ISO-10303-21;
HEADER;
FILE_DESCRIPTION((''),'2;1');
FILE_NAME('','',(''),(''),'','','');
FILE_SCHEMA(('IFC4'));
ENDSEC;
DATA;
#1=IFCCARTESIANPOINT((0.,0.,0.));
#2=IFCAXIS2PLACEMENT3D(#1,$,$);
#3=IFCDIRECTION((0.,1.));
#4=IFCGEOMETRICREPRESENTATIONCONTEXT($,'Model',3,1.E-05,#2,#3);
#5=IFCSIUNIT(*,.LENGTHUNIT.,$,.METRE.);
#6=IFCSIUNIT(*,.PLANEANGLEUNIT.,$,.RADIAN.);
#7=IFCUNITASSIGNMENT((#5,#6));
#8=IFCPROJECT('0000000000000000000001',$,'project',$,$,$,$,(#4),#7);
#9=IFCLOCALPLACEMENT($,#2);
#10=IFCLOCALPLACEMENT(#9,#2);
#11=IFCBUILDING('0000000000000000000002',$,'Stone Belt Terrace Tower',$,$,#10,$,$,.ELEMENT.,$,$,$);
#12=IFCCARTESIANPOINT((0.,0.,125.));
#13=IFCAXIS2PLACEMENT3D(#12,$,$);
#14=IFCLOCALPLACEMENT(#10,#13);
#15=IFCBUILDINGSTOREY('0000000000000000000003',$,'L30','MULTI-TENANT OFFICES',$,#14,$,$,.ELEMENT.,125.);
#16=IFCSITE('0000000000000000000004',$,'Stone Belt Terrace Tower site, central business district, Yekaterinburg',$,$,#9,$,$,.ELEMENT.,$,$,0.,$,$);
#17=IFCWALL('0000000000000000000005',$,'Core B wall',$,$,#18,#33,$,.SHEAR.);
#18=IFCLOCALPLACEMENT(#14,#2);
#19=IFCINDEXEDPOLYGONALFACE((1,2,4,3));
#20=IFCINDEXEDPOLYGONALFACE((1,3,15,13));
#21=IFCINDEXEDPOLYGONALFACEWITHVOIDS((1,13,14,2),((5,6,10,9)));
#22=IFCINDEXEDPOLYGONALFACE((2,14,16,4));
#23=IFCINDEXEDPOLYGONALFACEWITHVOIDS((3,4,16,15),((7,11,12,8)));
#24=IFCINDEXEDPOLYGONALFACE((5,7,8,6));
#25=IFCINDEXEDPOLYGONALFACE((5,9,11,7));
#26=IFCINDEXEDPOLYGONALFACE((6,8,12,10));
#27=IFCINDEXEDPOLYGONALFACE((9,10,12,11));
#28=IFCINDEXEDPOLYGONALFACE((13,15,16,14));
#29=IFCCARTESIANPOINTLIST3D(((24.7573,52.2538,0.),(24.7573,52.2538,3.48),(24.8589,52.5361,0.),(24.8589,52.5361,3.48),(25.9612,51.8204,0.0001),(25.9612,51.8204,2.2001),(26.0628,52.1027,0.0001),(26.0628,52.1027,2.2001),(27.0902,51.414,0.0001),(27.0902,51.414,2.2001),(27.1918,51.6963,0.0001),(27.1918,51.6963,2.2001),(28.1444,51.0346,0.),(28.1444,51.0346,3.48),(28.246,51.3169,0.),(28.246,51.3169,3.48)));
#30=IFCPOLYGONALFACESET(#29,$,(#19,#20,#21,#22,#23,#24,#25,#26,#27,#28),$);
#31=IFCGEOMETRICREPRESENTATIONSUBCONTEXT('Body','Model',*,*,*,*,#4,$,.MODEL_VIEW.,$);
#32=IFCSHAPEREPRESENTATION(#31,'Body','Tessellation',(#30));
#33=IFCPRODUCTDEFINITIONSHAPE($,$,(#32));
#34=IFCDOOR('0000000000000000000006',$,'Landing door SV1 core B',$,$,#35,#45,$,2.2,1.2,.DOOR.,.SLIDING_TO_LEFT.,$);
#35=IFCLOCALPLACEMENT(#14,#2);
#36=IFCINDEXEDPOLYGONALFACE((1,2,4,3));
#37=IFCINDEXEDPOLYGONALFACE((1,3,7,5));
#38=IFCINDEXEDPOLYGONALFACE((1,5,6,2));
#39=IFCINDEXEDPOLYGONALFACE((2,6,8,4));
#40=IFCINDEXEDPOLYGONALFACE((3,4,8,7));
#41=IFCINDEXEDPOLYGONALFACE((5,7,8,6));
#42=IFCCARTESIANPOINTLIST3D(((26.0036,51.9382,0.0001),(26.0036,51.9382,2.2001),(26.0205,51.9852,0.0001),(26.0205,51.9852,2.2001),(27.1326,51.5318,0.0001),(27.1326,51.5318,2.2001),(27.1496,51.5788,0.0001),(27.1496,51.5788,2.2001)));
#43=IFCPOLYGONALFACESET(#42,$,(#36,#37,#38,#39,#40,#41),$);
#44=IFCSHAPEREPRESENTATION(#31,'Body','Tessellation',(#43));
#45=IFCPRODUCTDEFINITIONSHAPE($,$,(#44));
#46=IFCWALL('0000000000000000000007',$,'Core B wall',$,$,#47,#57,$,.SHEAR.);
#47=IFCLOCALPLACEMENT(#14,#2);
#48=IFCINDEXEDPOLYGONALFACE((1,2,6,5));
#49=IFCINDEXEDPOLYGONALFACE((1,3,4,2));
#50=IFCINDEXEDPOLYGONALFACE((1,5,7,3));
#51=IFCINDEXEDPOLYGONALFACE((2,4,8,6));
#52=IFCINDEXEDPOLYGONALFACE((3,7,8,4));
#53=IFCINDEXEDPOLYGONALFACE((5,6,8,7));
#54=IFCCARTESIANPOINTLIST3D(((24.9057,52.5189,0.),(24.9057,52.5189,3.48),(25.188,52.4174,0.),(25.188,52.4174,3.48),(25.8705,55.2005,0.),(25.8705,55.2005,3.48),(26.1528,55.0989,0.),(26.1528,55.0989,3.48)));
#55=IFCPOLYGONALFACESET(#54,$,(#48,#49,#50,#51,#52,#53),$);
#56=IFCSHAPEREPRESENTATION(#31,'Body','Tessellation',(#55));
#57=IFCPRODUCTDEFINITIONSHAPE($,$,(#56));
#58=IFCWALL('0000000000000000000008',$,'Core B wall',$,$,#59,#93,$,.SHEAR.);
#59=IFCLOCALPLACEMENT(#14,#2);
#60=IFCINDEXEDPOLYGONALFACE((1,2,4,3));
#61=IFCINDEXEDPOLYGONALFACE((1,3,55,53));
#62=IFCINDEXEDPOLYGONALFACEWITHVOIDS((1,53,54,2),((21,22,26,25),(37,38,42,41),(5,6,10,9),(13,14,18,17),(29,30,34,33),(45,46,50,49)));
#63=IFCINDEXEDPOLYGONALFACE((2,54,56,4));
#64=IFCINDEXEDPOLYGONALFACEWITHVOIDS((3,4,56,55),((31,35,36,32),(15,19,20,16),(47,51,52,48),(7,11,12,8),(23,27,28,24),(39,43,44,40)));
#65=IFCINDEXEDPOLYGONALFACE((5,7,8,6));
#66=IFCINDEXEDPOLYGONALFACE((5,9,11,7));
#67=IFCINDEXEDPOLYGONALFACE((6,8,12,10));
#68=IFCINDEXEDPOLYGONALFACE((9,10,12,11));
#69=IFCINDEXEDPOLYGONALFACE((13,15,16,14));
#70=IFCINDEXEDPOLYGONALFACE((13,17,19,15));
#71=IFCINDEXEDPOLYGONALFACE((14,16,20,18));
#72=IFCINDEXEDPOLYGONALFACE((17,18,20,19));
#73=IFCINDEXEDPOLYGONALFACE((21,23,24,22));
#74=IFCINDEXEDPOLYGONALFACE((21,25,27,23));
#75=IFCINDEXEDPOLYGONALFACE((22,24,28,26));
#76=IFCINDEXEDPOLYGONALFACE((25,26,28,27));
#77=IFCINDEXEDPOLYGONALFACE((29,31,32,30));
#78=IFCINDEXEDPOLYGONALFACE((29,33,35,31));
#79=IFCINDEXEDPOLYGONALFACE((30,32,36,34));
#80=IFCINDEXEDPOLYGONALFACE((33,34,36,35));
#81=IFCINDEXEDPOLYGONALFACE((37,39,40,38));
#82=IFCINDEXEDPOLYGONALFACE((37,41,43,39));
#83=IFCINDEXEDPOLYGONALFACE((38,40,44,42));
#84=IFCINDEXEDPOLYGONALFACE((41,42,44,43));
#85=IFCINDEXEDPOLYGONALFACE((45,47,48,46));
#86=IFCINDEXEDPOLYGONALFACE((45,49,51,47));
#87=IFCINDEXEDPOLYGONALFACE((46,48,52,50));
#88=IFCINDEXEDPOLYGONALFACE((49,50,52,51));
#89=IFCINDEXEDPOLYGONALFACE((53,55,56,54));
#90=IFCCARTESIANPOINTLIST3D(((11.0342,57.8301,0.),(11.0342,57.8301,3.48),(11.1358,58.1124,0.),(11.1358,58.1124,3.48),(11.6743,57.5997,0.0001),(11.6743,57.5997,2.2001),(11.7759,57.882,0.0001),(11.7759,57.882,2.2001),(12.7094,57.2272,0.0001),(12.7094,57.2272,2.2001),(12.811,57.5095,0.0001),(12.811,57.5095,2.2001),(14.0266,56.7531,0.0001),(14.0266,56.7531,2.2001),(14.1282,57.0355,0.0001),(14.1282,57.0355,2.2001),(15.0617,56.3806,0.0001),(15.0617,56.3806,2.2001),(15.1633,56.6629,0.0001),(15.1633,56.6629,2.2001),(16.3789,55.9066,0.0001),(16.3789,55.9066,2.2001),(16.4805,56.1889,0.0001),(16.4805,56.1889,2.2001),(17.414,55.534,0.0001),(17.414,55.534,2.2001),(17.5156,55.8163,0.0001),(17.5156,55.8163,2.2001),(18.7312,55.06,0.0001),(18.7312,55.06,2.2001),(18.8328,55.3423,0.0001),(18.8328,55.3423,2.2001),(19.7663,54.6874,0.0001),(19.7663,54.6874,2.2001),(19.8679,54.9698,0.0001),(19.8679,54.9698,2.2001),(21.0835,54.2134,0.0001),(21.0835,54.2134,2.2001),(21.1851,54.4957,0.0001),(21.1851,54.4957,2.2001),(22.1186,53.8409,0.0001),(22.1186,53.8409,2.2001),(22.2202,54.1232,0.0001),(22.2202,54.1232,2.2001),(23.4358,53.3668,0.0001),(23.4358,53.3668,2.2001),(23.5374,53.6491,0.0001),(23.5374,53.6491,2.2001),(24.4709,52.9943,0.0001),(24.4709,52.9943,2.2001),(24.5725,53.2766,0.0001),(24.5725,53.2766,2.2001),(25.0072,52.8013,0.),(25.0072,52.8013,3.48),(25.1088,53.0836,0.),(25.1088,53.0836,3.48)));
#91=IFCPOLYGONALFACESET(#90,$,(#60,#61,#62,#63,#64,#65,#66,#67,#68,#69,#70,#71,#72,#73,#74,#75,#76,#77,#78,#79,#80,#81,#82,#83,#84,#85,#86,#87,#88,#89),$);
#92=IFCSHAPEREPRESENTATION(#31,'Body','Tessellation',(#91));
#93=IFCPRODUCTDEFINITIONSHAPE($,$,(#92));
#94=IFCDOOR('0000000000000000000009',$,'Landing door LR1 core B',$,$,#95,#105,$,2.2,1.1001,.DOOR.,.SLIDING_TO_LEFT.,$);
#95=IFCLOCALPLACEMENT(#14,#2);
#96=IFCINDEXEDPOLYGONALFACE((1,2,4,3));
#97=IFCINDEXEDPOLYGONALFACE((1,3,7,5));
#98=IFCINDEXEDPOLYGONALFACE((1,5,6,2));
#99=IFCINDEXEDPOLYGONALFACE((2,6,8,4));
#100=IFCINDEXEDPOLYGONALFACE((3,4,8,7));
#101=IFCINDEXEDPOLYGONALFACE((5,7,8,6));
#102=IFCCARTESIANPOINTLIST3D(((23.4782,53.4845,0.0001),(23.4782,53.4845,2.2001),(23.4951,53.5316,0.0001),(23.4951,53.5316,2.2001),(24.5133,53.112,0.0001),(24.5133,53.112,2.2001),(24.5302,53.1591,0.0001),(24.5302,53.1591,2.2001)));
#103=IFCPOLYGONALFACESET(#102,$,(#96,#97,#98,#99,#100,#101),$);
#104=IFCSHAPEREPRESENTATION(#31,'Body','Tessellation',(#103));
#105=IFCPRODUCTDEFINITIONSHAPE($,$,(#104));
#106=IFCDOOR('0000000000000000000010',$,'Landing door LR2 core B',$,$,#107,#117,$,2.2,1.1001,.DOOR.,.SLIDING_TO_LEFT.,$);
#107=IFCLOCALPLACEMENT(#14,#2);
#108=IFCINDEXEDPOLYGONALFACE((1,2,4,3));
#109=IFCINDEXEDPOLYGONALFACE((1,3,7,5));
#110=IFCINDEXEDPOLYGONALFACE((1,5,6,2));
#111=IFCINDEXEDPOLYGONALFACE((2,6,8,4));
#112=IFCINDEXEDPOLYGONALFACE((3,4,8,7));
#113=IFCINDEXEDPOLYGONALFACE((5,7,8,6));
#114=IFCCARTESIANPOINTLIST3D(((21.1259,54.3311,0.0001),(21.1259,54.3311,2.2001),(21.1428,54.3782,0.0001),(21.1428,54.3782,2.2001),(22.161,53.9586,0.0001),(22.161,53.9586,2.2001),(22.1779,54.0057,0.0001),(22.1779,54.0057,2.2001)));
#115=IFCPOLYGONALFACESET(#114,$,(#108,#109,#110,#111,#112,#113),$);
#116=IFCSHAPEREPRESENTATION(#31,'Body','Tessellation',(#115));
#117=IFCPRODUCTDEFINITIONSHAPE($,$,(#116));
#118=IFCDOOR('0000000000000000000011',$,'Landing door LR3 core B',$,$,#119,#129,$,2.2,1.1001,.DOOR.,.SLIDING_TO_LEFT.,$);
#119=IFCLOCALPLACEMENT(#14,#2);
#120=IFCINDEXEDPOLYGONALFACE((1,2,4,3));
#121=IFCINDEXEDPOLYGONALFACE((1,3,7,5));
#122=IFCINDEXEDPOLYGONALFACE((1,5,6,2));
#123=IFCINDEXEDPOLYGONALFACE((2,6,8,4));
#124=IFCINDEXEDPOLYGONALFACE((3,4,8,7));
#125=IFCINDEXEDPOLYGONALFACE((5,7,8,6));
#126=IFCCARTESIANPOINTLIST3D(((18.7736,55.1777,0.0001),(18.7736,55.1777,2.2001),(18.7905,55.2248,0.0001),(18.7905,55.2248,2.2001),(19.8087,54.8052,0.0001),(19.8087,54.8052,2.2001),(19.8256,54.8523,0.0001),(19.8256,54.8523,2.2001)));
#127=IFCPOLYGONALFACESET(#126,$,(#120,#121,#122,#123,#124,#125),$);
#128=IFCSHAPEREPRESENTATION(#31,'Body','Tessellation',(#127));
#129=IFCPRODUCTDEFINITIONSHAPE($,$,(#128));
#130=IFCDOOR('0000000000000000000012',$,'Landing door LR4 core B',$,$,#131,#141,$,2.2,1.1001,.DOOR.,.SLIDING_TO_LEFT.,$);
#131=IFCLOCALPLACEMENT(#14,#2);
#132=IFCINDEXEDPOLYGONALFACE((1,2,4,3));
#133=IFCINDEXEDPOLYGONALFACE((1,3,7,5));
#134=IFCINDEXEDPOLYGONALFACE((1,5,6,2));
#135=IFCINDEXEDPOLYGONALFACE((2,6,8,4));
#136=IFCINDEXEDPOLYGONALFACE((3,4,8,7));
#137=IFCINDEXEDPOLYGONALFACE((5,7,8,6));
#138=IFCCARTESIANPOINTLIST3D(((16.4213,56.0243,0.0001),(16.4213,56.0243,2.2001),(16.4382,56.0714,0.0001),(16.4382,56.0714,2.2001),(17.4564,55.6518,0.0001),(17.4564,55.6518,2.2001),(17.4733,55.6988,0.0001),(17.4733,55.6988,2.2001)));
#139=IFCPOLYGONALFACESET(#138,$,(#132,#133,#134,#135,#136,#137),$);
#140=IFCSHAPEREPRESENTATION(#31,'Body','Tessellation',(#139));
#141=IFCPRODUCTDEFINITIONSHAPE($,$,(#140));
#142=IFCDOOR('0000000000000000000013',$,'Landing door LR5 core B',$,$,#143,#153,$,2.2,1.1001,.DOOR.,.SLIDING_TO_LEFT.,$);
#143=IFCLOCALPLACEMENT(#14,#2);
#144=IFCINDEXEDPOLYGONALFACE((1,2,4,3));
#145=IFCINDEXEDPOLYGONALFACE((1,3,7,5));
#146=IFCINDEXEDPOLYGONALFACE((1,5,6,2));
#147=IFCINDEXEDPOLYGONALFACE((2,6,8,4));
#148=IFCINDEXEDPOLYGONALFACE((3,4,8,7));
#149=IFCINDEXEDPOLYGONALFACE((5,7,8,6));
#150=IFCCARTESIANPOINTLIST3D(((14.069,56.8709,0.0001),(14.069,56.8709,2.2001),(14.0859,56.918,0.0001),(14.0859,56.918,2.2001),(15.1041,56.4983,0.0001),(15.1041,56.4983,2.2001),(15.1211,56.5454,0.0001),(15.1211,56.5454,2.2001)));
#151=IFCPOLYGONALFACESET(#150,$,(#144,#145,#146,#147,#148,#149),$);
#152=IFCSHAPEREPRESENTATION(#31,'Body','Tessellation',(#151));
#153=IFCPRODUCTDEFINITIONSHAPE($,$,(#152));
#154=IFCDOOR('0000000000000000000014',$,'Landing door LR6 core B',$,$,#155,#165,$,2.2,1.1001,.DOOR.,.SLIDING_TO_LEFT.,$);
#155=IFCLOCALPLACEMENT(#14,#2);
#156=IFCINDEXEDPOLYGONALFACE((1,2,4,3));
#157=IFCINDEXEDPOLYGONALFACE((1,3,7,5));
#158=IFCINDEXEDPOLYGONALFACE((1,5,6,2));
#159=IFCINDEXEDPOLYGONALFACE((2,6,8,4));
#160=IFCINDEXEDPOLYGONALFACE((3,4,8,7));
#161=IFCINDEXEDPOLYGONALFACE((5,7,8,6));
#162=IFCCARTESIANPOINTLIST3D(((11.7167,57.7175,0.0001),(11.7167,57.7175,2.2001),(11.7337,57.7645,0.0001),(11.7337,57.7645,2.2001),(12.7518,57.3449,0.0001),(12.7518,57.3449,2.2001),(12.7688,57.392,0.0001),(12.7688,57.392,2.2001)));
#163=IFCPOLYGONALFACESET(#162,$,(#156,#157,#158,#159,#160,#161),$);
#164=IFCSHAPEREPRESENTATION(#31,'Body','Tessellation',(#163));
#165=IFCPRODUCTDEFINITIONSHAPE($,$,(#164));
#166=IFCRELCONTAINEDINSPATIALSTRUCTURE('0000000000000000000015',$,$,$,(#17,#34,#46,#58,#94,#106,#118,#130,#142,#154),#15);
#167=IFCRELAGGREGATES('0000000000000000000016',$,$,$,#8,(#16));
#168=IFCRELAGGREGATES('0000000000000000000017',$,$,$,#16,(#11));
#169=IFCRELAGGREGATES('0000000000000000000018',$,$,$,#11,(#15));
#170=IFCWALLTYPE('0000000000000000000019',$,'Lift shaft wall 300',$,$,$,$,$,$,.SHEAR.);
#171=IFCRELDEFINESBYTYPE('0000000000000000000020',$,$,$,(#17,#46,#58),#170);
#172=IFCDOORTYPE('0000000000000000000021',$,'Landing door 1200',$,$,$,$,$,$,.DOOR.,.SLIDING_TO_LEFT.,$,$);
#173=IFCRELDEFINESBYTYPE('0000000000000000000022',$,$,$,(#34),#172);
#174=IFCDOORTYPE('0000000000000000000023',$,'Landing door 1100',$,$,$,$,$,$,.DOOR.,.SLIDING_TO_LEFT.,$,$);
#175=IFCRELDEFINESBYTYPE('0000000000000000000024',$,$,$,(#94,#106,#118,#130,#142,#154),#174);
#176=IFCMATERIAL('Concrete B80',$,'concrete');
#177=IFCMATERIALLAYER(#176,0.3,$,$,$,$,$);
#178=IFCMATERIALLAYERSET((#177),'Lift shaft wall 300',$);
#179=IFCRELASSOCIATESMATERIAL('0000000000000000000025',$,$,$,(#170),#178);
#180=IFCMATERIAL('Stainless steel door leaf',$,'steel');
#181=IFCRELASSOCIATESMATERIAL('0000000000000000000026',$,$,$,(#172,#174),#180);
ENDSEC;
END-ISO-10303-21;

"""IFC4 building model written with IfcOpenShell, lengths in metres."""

from ifc_helpers import new_model, si_unit, direction, frame, frame_2d, origin, place, context, subcontext, project, spatial, rectangle, extrude, material, layer, layer_set, type_object, element, fill, save


model = new_model("IFC4")

# Units and contexts
model_context = context("Model", 3, precision=1e-05, world=origin(), true_north=direction((0.0, 1.0)))
body_context = subcontext(model_context, "Body", "Model", "MODEL_VIEW")
ifc_project = project(units=[si_unit("LENGTHUNIT", "METRE"), si_unit("PLANEANGLEUNIT", "RADIAN")], contexts=[model_context])

# Site, building, storey
site_placement = place(None, origin())
site = spatial("IfcSite", under=ifc_project, at=site_placement, Name="Stone Belt Terrace Tower site, central business district, Yekaterinburg", CompositionType="ELEMENT", RefElevation=0.0)
building_placement = place(site_placement, origin())
building = spatial("IfcBuilding", under=site, at=building_placement, Name="Stone Belt Terrace Tower", CompositionType="ELEMENT")
storey_placement = place(building_placement, frame((0.0, 0.0, 125.0)))
storey = spatial("IfcBuildingStorey", under=building, at=storey_placement, Name="L30", Description="MULTI-TENANT OFFICES", CompositionType="ELEMENT", Elevation=125.0)

# Shared definitions
ifc_material_1 = material(Name="Concrete B80", Category="concrete")

# Wall, opening, door
ifc_layer_1 = layer(ifc_material_1, 0.3)
ifc_layer_set_1 = layer_set([ifc_layer_1], Name="Lift shaft wall 300")
wall_type_1 = type_object("IfcWallType", Name="Lift shaft wall 300", PredefinedType="SHEAR", material=ifc_layer_set_1)
wall_1_placement = place(storey_placement, frame((28.1951, 51.1758, 0.0), z_axis=(0.0, 0.0, 1.0), x_axis=(-0.940901, 0.338681, 0.0)))
wall_1 = element("IfcWall", 1, at=wall_1_placement, inside=storey, type_object=wall_type_1, Name="Core B wall", PredefinedType="SHEAR", context=body_context, shape_type="SweptSolid", body=[
    extrude(rectangle(XDim=3.5999, YDim=0.3, at=frame_2d((1.7998, 0.0))), origin(), (0.0, 0.0, 1.0), 3.48),
])
opening_1_placement = place(wall_1_placement, frame((1.1201, 0.0, 0.0)))
opening_1 = element("IfcOpeningElement", 2, at=opening_1_placement, cuts=wall_1, PredefinedType="OPENING", context=body_context, shape_type="SweptSolid", body=[
    extrude(rectangle(XDim=1.2, YDim=2.2, at=frame_2d((0.6001, 1.1001))), frame((0.0, 0.1599, 0.0), z_axis=(0.0, -1.0, 0.0), x_axis=(1.0, 0.0, 0.0)), (0.0, 0.0, 1.0), 0.3201),
])
ifc_material_2 = material(Name="Stainless steel door leaf", Category="steel")
door_type_1 = type_object("IfcDoorType", Name="Landing door 1200", OperationType="SLIDING_TO_LEFT", PredefinedType="DOOR", material=ifc_material_2)
door_1_placement = place(opening_1_placement, origin())
door_1 = element("IfcDoor", 3, at=door_1_placement, inside=storey, type_object=door_type_1, Name="Landing door SV1 core B", OperationType="SLIDING_TO_LEFT", OverallHeight=2.2, OverallWidth=1.2, PredefinedType="DOOR", context=body_context, shape_type="SweptSolid", body=[
    extrude(rectangle(XDim=1.2, YDim=2.2, at=frame_2d((0.6001, 1.1001))), frame((0.0, 0.0249, 0.0), z_axis=(0.0, -1.0, 0.0), x_axis=(1.0, 0.0, 0.0)), (0.0, 0.0, 1.0), 0.05),
])
fill(opening_1, door_1)

# Wall
wall_2_placement = place(storey_placement, frame((25.0469, 52.4683, 0.0), z_axis=(0.0, 0.0, 1.0), x_axis=(0.33855, 0.940949, 0.0)))
element("IfcWall", 4, at=wall_2_placement, inside=storey, type_object=wall_type_1, Name="Core B wall", PredefinedType="SHEAR", context=body_context, shape_type="SweptSolid", body=[
    extrude(rectangle(XDim=2.8499, YDim=0.3, at=frame_2d((1.4248, 0.0))), origin(), (0.0, 0.0, 1.0), 3.48),
])

# Wall, openings, doors
wall_3_placement = place(storey_placement, frame((25.0581, 52.9424, 0.0), z_axis=(0.0, 0.0, 1.0), x_axis=(-0.940918, 0.338634, 0.0)))
wall_3 = element("IfcWall", 5, at=wall_3_placement, inside=storey, type_object=wall_type_1, Name="Core B wall", PredefinedType="SHEAR", context=body_context, shape_type="SweptSolid", body=[
    extrude(rectangle(XDim=14.8503, YDim=0.3, at=frame_2d((7.4253, 0.0))), origin(), (0.0, 0.0, 1.0), 3.48),
])
opening_2_placement = place(wall_3_placement, frame((0.5701, 0.0, 0.0)))
opening_2 = element("IfcOpeningElement", 6, at=opening_2_placement, cuts=wall_3, PredefinedType="OPENING", context=body_context, shape_type="SweptSolid", body=[
    extrude(rectangle(XDim=1.1001, YDim=2.2, at=frame_2d((0.55, 1.1001))), frame((0.0, 0.1599, 0.0), z_axis=(0.0, -1.0, 0.0), x_axis=(1.0, 0.0, 0.0)), (0.0, 0.0, 1.0), 0.3201),
])
opening_3_placement = place(wall_3_placement, frame((3.0701, 0.0, 0.0)))
opening_3 = element("IfcOpeningElement", 7, at=opening_3_placement, cuts=wall_3, PredefinedType="OPENING", context=body_context, shape_type="SweptSolid", body=[
    extrude(rectangle(XDim=1.1001, YDim=2.2, at=frame_2d((0.55, 1.1001))), frame((0.0, 0.1599, 0.0), z_axis=(0.0, -1.0, 0.0), x_axis=(1.0, 0.0, 0.0)), (0.0, 0.0, 1.0), 0.3201),
])
opening_4_placement = place(wall_3_placement, frame((5.5701, 0.0, 0.0)))
opening_4 = element("IfcOpeningElement", 8, at=opening_4_placement, cuts=wall_3, PredefinedType="OPENING", context=body_context, shape_type="SweptSolid", body=[
    extrude(rectangle(XDim=1.1001, YDim=2.2, at=frame_2d((0.55, 1.1001))), frame((0.0, 0.1599, 0.0), z_axis=(0.0, -1.0, 0.0), x_axis=(1.0, 0.0, 0.0)), (0.0, 0.0, 1.0), 0.3201),
])
opening_5_placement = place(wall_3_placement, frame((8.0701, 0.0, 0.0)))
opening_5 = element("IfcOpeningElement", 9, at=opening_5_placement, cuts=wall_3, PredefinedType="OPENING", context=body_context, shape_type="SweptSolid", body=[
    extrude(rectangle(XDim=1.1001, YDim=2.2, at=frame_2d((0.55, 1.1001))), frame((0.0, 0.1599, 0.0), z_axis=(0.0, -1.0, 0.0), x_axis=(1.0, 0.0, 0.0)), (0.0, 0.0, 1.0), 0.3201),
])
opening_6_placement = place(wall_3_placement, frame((10.5701, 0.0, 0.0)))
opening_6 = element("IfcOpeningElement", 10, at=opening_6_placement, cuts=wall_3, PredefinedType="OPENING", context=body_context, shape_type="SweptSolid", body=[
    extrude(rectangle(XDim=1.1001, YDim=2.2, at=frame_2d((0.55, 1.1001))), frame((0.0, 0.1599, 0.0), z_axis=(0.0, -1.0, 0.0), x_axis=(1.0, 0.0, 0.0)), (0.0, 0.0, 1.0), 0.3201),
])
opening_7_placement = place(wall_3_placement, frame((13.0701, 0.0, 0.0)))
opening_7 = element("IfcOpeningElement", 11, at=opening_7_placement, cuts=wall_3, PredefinedType="OPENING", context=body_context, shape_type="SweptSolid", body=[
    extrude(rectangle(XDim=1.1001, YDim=2.2, at=frame_2d((0.55, 1.1001))), frame((0.0, 0.1599, 0.0), z_axis=(0.0, -1.0, 0.0), x_axis=(1.0, 0.0, 0.0)), (0.0, 0.0, 1.0), 0.3201),
])
door_type_2 = type_object("IfcDoorType", Name="Landing door 1100", OperationType="SLIDING_TO_LEFT", PredefinedType="DOOR", material=ifc_material_2)
door_2_placement = place(opening_2_placement, origin())
door_2 = element("IfcDoor", 12, at=door_2_placement, inside=storey, type_object=door_type_2, Name="Landing door LR1 core B", OperationType="SLIDING_TO_LEFT", OverallHeight=2.2, OverallWidth=1.1001, PredefinedType="DOOR", context=body_context, shape_type="SweptSolid", body=[
    extrude(rectangle(XDim=1.1001, YDim=2.2, at=frame_2d((0.55, 1.1001))), frame((0.0, 0.0249, 0.0), z_axis=(0.0, -1.0, 0.0), x_axis=(1.0, 0.0, 0.0)), (0.0, 0.0, 1.0), 0.05),
])
fill(opening_2, door_2)
door_3_placement = place(opening_3_placement, origin())
door_3 = element("IfcDoor", 13, at=door_3_placement, inside=storey, type_object=door_type_2, Name="Landing door LR2 core B", OperationType="SLIDING_TO_LEFT", OverallHeight=2.2, OverallWidth=1.1001, PredefinedType="DOOR", context=body_context, shape_type="SweptSolid", body=[
    extrude(rectangle(XDim=1.1001, YDim=2.2, at=frame_2d((0.55, 1.1001))), frame((0.0, 0.0249, 0.0), z_axis=(0.0, -1.0, 0.0), x_axis=(1.0, 0.0, 0.0)), (0.0, 0.0, 1.0), 0.05),
])
fill(opening_3, door_3)
door_4_placement = place(opening_4_placement, origin())
door_4 = element("IfcDoor", 14, at=door_4_placement, inside=storey, type_object=door_type_2, Name="Landing door LR3 core B", OperationType="SLIDING_TO_LEFT", OverallHeight=2.2, OverallWidth=1.1001, PredefinedType="DOOR", context=body_context, shape_type="SweptSolid", body=[
    extrude(rectangle(XDim=1.1001, YDim=2.2, at=frame_2d((0.55, 1.1001))), frame((0.0, 0.0249, 0.0), z_axis=(0.0, -1.0, 0.0), x_axis=(1.0, 0.0, 0.0)), (0.0, 0.0, 1.0), 0.05),
])
fill(opening_4, door_4)
door_5_placement = place(opening_5_placement, origin())
door_5 = element("IfcDoor", 15, at=door_5_placement, inside=storey, type_object=door_type_2, Name="Landing door LR4 core B", OperationType="SLIDING_TO_LEFT", OverallHeight=2.2, OverallWidth=1.1001, PredefinedType="DOOR", context=body_context, shape_type="SweptSolid", body=[
    extrude(rectangle(XDim=1.1001, YDim=2.2, at=frame_2d((0.55, 1.1001))), frame((0.0, 0.0249, 0.0), z_axis=(0.0, -1.0, 0.0), x_axis=(1.0, 0.0, 0.0)), (0.0, 0.0, 1.0), 0.05),
])
fill(opening_5, door_5)
door_6_placement = place(opening_6_placement, origin())
door_6 = element("IfcDoor", 16, at=door_6_placement, inside=storey, type_object=door_type_2, Name="Landing door LR5 core B", OperationType="SLIDING_TO_LEFT", OverallHeight=2.2, OverallWidth=1.1001, PredefinedType="DOOR", context=body_context, shape_type="SweptSolid", body=[
    extrude(rectangle(XDim=1.1001, YDim=2.2, at=frame_2d((0.55, 1.1001))), frame((0.0, 0.0249, 0.0), z_axis=(0.0, -1.0, 0.0), x_axis=(1.0, 0.0, 0.0)), (0.0, 0.0, 1.0), 0.05),
])
fill(opening_6, door_6)
door_7_placement = place(opening_7_placement, origin())
door_7 = element("IfcDoor", 17, at=door_7_placement, inside=storey, type_object=door_type_2, Name="Landing door LR6 core B", OperationType="SLIDING_TO_LEFT", OverallHeight=2.2, OverallWidth=1.1001, PredefinedType="DOOR", context=body_context, shape_type="SweptSolid", body=[
    extrude(rectangle(XDim=1.1001, YDim=2.2, at=frame_2d((0.55, 1.1001))), frame((0.0, 0.0249, 0.0), z_axis=(0.0, -1.0, 0.0), x_axis=(1.0, 0.0, 0.0)), (0.0, 0.0, 1.0), 0.05),
])
fill(opening_7, door_7)

save(model, "model.ifc")
